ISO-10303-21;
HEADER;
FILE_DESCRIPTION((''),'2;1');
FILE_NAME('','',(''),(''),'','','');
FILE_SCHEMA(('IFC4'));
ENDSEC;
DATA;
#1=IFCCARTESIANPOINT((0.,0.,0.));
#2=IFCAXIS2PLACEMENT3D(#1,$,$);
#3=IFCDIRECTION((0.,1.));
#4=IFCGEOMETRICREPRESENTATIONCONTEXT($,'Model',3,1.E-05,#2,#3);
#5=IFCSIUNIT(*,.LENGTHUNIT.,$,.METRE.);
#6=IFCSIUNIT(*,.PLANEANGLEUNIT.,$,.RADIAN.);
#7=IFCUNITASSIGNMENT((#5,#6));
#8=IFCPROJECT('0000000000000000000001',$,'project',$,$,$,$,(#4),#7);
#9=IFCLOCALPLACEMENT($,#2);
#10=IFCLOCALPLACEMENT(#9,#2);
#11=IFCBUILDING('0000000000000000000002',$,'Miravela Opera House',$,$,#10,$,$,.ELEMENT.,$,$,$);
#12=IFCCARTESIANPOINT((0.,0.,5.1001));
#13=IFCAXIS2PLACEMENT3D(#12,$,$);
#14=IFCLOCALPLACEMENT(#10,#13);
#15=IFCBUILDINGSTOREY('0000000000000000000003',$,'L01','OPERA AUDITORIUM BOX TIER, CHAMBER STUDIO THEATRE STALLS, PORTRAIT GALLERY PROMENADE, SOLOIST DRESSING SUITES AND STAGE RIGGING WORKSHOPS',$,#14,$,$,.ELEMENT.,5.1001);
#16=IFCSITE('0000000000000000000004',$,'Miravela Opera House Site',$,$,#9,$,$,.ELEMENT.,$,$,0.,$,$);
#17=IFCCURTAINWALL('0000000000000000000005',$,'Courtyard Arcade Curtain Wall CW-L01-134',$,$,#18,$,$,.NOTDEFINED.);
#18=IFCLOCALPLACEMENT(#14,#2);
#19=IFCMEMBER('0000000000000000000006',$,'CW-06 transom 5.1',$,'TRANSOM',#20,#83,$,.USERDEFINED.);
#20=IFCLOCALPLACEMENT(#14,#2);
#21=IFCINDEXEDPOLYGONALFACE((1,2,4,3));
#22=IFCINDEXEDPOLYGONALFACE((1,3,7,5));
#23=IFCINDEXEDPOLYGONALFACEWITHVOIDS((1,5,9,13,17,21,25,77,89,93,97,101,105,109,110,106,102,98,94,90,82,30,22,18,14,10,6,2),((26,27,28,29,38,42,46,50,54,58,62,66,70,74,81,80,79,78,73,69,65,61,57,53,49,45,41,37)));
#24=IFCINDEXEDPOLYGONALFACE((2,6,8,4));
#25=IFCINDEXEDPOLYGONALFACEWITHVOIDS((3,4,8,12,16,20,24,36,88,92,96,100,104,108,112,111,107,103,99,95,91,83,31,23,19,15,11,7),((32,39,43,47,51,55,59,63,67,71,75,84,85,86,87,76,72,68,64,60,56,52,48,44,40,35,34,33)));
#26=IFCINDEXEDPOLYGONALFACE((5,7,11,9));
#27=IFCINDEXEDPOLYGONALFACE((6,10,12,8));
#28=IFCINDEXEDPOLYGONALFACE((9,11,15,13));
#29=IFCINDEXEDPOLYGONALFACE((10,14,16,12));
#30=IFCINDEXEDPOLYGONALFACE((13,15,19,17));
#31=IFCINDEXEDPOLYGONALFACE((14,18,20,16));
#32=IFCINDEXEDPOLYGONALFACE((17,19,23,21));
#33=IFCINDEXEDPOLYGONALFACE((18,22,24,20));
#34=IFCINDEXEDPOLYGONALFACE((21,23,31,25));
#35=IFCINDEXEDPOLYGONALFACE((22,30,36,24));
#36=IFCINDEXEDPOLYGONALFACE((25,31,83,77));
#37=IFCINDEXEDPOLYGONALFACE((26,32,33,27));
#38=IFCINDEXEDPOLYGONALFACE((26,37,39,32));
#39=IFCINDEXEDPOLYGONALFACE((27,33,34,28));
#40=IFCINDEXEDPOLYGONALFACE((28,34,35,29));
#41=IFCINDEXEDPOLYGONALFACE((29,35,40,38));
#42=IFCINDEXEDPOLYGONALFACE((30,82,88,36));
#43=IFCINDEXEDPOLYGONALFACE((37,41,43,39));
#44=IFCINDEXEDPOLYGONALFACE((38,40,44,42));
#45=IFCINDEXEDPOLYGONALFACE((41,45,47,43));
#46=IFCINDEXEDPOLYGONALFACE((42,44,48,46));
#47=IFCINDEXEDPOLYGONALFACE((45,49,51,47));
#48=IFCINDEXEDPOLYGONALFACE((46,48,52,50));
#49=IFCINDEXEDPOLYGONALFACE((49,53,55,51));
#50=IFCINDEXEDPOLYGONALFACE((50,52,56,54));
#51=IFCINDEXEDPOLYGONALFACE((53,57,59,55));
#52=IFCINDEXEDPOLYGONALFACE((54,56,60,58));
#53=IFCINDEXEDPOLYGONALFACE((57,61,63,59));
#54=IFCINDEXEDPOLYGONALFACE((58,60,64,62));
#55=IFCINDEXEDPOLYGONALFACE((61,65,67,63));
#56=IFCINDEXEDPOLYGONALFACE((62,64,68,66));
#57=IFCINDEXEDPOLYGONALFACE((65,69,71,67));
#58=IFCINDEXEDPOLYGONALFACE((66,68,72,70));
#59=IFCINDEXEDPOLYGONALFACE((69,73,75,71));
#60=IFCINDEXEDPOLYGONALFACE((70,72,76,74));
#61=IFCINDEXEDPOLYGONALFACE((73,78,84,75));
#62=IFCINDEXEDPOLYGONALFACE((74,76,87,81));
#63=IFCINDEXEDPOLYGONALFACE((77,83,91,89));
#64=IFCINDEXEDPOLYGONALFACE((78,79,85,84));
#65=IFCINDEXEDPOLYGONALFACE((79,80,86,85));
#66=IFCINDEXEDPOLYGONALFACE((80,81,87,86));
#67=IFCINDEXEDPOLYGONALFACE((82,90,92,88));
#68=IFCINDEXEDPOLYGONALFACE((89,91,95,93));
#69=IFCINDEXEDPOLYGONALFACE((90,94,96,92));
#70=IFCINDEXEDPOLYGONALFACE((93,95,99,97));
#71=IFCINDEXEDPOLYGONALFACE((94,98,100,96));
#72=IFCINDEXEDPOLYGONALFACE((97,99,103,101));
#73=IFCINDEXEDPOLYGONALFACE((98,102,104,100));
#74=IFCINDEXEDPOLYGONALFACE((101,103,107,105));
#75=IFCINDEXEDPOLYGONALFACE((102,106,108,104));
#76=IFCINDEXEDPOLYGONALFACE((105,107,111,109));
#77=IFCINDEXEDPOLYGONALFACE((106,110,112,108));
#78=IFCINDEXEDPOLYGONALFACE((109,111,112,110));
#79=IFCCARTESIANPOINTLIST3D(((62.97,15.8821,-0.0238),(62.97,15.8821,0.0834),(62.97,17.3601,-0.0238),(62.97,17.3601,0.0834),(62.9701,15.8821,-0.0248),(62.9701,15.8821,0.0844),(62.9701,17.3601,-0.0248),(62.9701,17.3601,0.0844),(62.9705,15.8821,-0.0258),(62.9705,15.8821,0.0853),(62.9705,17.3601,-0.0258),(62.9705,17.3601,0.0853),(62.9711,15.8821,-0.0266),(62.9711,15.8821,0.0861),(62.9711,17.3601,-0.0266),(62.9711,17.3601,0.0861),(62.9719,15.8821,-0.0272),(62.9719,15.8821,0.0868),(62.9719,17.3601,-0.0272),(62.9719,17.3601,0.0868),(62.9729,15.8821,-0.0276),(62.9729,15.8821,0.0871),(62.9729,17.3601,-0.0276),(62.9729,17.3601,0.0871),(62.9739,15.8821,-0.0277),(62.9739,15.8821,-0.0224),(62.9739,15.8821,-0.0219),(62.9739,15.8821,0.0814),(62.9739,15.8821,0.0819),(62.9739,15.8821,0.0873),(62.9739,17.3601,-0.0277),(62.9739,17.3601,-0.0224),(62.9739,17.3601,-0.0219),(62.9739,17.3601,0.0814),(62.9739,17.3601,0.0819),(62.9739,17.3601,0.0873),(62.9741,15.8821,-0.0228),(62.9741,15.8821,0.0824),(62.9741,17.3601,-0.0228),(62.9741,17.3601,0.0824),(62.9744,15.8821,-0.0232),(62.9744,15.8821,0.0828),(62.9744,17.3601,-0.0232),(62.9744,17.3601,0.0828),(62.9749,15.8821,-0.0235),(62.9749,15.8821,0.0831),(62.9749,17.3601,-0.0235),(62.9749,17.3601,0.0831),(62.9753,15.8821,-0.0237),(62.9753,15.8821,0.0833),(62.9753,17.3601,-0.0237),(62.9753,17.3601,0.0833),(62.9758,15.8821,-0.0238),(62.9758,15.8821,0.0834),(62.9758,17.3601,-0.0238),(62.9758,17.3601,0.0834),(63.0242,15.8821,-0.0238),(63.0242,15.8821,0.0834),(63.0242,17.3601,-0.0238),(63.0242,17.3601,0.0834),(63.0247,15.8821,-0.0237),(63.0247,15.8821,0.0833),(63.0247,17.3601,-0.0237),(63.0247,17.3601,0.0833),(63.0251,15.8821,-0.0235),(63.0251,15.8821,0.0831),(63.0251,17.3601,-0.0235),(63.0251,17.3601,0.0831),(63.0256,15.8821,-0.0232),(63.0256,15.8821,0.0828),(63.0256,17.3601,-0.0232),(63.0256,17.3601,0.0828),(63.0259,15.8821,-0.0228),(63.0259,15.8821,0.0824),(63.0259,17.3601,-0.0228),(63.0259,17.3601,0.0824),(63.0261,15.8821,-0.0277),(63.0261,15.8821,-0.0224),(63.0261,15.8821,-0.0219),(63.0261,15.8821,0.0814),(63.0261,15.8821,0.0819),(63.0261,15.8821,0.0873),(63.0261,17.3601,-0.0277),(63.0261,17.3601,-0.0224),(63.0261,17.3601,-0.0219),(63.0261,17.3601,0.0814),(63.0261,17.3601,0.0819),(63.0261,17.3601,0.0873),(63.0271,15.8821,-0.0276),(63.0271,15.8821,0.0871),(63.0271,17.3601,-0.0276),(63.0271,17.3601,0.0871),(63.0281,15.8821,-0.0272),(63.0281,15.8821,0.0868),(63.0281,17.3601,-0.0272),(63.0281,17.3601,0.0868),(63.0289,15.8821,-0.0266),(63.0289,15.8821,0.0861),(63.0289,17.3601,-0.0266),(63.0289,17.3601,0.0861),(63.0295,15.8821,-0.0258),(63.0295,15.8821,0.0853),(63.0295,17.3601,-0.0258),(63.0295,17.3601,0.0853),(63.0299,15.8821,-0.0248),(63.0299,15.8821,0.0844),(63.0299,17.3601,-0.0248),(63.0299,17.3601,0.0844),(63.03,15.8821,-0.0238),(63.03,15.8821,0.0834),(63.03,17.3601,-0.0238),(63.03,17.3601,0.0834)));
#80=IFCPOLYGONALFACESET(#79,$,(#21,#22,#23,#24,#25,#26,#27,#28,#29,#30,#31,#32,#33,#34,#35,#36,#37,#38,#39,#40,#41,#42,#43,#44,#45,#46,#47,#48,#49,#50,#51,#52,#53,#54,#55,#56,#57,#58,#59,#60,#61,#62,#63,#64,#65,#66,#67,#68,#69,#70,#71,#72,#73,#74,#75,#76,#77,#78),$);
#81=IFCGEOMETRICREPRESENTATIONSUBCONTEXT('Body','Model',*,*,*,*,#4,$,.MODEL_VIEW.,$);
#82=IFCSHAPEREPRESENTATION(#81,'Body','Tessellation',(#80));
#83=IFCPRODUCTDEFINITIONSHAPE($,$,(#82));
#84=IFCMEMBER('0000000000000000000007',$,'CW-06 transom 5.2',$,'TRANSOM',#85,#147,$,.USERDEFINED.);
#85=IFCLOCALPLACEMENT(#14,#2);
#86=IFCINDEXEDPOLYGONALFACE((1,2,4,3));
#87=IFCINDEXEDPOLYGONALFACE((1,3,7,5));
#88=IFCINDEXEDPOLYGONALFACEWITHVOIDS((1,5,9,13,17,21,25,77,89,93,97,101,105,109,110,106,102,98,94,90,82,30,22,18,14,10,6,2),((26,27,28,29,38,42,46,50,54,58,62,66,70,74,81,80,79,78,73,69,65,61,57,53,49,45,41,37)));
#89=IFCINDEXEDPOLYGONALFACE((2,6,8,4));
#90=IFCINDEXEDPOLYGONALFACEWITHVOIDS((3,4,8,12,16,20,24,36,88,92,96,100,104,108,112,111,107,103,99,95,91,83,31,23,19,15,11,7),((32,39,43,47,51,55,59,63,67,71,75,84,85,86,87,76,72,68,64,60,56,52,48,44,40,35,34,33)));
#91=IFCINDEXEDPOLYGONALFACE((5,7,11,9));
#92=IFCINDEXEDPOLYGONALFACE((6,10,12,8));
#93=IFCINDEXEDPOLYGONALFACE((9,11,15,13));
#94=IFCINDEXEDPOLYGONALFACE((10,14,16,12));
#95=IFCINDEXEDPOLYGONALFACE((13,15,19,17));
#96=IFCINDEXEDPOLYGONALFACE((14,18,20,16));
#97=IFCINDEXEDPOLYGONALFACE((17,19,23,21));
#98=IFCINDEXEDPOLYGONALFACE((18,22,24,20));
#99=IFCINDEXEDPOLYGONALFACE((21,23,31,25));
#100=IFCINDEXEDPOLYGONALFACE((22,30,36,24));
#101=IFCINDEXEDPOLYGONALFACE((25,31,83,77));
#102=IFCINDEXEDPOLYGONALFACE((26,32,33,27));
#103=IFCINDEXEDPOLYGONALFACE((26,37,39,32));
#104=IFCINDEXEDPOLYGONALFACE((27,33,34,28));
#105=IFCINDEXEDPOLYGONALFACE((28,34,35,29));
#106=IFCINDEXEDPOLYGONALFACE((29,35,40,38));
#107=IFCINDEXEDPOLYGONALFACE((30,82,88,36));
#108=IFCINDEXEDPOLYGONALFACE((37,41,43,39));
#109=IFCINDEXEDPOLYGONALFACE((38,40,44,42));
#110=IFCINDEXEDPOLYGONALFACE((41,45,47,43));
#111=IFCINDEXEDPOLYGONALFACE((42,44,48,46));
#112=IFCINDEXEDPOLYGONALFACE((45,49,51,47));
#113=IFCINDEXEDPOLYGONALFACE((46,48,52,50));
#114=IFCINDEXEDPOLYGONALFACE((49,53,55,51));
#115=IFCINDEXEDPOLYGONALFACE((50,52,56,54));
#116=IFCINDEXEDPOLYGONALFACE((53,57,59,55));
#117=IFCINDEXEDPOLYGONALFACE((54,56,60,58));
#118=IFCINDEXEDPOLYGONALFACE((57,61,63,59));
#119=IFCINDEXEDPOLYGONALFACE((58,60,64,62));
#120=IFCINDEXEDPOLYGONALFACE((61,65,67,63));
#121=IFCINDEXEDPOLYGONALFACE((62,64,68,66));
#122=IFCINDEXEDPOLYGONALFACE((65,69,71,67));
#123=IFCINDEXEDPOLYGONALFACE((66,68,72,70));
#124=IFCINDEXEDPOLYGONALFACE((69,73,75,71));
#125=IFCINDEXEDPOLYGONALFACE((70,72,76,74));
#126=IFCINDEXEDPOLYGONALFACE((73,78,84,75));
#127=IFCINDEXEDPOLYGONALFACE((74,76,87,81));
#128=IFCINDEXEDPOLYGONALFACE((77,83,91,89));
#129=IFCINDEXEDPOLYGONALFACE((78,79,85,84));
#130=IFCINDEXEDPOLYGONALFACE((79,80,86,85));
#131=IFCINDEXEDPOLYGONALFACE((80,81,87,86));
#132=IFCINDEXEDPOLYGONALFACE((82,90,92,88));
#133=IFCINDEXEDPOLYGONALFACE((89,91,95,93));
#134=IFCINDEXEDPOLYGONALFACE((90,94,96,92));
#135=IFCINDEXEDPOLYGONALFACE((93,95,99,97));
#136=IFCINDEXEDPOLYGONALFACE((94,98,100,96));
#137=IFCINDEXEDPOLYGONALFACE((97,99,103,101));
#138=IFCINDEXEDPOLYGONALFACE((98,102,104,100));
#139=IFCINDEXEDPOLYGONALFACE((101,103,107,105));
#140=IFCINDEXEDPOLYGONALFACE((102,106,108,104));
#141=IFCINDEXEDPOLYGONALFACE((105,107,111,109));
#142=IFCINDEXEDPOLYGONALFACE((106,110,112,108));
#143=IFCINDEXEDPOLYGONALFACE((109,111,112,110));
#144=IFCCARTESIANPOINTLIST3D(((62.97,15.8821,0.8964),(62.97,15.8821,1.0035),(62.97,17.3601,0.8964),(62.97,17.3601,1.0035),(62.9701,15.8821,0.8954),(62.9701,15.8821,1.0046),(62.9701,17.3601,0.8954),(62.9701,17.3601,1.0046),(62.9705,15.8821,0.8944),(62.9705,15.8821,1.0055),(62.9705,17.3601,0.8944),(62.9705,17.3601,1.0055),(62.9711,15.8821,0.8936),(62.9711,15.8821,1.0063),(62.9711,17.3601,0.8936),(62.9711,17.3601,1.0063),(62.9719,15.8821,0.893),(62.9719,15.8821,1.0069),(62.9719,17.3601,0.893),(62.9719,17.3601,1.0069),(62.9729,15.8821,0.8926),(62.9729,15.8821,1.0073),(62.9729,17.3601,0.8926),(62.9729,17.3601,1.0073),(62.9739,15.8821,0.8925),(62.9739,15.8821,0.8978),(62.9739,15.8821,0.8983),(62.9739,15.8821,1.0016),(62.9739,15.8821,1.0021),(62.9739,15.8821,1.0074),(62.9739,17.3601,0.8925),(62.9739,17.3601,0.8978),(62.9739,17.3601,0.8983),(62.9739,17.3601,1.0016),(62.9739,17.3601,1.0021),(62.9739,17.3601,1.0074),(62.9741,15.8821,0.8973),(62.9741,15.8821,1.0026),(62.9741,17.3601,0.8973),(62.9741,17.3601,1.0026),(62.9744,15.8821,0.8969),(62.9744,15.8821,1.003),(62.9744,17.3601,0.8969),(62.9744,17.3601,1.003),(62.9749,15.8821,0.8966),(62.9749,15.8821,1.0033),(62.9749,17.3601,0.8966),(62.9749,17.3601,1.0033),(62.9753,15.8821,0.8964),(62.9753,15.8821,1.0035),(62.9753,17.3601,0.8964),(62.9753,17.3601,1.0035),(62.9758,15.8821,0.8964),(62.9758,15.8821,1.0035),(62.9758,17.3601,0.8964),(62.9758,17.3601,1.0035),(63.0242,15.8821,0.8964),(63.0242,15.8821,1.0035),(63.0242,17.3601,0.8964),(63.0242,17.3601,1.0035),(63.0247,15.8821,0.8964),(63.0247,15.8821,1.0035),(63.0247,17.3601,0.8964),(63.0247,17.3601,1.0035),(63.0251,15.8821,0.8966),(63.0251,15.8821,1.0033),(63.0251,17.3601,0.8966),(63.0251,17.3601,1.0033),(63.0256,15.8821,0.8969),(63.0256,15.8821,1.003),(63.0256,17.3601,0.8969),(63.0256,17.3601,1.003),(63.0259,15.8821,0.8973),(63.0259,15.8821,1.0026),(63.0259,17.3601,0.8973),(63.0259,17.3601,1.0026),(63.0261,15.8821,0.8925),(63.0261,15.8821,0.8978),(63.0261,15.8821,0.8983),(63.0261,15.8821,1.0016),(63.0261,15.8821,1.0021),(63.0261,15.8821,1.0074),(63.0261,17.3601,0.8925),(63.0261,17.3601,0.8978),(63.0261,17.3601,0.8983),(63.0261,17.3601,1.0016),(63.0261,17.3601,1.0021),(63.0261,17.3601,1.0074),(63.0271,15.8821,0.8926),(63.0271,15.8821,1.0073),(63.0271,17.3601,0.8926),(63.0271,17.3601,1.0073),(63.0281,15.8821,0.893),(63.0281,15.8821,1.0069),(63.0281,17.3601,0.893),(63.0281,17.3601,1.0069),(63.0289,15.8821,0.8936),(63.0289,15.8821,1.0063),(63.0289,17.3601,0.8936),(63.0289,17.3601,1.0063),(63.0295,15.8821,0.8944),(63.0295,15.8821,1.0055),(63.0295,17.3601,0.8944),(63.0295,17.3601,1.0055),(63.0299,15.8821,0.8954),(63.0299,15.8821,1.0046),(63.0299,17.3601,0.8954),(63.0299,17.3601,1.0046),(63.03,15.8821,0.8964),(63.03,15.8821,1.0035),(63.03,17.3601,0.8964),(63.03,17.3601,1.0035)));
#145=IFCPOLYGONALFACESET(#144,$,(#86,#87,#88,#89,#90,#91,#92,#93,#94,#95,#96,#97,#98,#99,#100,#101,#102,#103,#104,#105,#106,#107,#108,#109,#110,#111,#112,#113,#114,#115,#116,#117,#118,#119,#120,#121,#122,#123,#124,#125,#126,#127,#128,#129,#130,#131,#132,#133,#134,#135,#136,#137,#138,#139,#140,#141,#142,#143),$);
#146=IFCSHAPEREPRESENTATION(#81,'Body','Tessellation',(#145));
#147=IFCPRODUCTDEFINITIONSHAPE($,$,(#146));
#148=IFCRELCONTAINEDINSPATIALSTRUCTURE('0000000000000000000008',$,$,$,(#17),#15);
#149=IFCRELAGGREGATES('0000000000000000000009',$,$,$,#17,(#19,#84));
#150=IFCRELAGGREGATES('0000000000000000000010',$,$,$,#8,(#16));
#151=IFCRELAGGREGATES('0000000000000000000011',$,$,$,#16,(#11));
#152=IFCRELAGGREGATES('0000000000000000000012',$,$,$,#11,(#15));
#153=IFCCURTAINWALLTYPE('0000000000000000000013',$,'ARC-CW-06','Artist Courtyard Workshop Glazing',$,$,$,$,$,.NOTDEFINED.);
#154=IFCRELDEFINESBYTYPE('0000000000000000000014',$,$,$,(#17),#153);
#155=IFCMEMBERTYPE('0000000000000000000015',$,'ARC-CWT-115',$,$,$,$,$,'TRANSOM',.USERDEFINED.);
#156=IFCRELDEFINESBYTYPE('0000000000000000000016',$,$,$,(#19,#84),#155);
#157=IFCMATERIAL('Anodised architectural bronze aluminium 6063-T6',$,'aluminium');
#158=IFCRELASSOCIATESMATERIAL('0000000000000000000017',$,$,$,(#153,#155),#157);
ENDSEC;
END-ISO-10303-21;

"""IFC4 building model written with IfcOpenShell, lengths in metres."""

from ifc_helpers import new_model, si_unit, direction, frame, origin, origin_2d, place, context, subcontext, project, spatial, hollow_rectangle, extrude, material, material_profile, profile_set, type_object, element, aggregate, save


model = new_model("IFC4")

# Units and contexts
model_context = context("Model", 3, precision=1e-05, world=origin(), true_north=direction((0.0, 1.0)))
body_context = subcontext(model_context, "Body", "Model", "MODEL_VIEW")
ifc_project = project(units=[si_unit("LENGTHUNIT", "METRE"), si_unit("PLANEANGLEUNIT", "RADIAN")], contexts=[model_context])

# Site, building, storey
site_placement = place(None, origin())
site = spatial("IfcSite", under=ifc_project, at=site_placement, Name="Miravela Opera House Site", CompositionType="ELEMENT", RefElevation=0.0)
building_placement = place(site_placement, origin())
building = spatial("IfcBuilding", under=site, at=building_placement, Name="Miravela Opera House", CompositionType="ELEMENT")
storey_placement = place(building_placement, frame((0.0, 0.0, 5.1001)))
storey = spatial("IfcBuildingStorey", under=building, at=storey_placement, Name="L01", Description="OPERA AUDITORIUM BOX TIER, CHAMBER STUDIO THEATRE STALLS, PORTRAIT GALLERY PROMENADE, SOLOIST DRESSING SUITES AND STAGE RIGGING WORKSHOPS", CompositionType="ELEMENT", Elevation=5.1001)

# Curtain wall, members
ifc_material_1 = material(Name="Anodised architectural bronze aluminium 6063-T6", Category="aluminium")
curtain_wall_type = type_object("IfcCurtainWallType", Name="ARC-CW-06", Description="Artist Courtyard Workshop Glazing", PredefinedType="NOTDEFINED", material=ifc_material_1)
curtain_wall_placement = place(storey_placement, origin())
curtain_wall = element("IfcCurtainWall", 1, at=curtain_wall_placement, inside=storey, type_object=curtain_wall_type, Name="Courtyard Arcade Curtain Wall CW-L01-134", PredefinedType="NOTDEFINED")
ifc_material_profile_1 = material_profile(ifc_material_1, hollow_rectangle(XDim=0.0601, YDim=0.115, WallThickness=0.0039, InnerFilletRadius=0.002, OuterFilletRadius=0.0039, at=origin_2d()), Name="CWT-60X115")
ifc_profile_set_1 = profile_set([ifc_material_profile_1])
member_type_1 = type_object("IfcMemberType", Name="ARC-CWT-115", ElementType="TRANSOM", PredefinedType="USERDEFINED", material=ifc_profile_set_1)
member_1_placement = place(storey_placement, frame((63.0, 15.8821, 0.0298), z_axis=(0.0, 1.0, 0.0), x_axis=(-1.0, 0.0, 0.0)))
member_1 = element("IfcMember", 2, at=member_1_placement, type_object=member_type_1, Name="CW-06 transom 5.1", ObjectType="TRANSOM", PredefinedType="USERDEFINED", context=body_context, shape_type="SweptSolid", body=[
    extrude(hollow_rectangle(XDim=0.0601, YDim=0.115, WallThickness=0.0039, InnerFilletRadius=0.002, OuterFilletRadius=0.0039, at=origin_2d()), origin(), (0.0, 0.0, 1.0), 1.478),
])
member_2_placement = place(storey_placement, frame((63.0, 15.8821, 0.95), z_axis=(0.0, 1.0, 0.0), x_axis=(-1.0, 0.0, 0.0)))
member_2 = element("IfcMember", 3, at=member_2_placement, type_object=member_type_1, Name="CW-06 transom 5.2", ObjectType="TRANSOM", PredefinedType="USERDEFINED", context=body_context, shape_type="SweptSolid", body=[
    extrude(hollow_rectangle(XDim=0.0601, YDim=0.115, WallThickness=0.0039, InnerFilletRadius=0.002, OuterFilletRadius=0.0039, at=origin_2d()), origin(), (0.0, 0.0, 1.0), 1.478),
])

aggregate(curtain_wall, [member_1, member_2])

save(model, "model.ifc")
